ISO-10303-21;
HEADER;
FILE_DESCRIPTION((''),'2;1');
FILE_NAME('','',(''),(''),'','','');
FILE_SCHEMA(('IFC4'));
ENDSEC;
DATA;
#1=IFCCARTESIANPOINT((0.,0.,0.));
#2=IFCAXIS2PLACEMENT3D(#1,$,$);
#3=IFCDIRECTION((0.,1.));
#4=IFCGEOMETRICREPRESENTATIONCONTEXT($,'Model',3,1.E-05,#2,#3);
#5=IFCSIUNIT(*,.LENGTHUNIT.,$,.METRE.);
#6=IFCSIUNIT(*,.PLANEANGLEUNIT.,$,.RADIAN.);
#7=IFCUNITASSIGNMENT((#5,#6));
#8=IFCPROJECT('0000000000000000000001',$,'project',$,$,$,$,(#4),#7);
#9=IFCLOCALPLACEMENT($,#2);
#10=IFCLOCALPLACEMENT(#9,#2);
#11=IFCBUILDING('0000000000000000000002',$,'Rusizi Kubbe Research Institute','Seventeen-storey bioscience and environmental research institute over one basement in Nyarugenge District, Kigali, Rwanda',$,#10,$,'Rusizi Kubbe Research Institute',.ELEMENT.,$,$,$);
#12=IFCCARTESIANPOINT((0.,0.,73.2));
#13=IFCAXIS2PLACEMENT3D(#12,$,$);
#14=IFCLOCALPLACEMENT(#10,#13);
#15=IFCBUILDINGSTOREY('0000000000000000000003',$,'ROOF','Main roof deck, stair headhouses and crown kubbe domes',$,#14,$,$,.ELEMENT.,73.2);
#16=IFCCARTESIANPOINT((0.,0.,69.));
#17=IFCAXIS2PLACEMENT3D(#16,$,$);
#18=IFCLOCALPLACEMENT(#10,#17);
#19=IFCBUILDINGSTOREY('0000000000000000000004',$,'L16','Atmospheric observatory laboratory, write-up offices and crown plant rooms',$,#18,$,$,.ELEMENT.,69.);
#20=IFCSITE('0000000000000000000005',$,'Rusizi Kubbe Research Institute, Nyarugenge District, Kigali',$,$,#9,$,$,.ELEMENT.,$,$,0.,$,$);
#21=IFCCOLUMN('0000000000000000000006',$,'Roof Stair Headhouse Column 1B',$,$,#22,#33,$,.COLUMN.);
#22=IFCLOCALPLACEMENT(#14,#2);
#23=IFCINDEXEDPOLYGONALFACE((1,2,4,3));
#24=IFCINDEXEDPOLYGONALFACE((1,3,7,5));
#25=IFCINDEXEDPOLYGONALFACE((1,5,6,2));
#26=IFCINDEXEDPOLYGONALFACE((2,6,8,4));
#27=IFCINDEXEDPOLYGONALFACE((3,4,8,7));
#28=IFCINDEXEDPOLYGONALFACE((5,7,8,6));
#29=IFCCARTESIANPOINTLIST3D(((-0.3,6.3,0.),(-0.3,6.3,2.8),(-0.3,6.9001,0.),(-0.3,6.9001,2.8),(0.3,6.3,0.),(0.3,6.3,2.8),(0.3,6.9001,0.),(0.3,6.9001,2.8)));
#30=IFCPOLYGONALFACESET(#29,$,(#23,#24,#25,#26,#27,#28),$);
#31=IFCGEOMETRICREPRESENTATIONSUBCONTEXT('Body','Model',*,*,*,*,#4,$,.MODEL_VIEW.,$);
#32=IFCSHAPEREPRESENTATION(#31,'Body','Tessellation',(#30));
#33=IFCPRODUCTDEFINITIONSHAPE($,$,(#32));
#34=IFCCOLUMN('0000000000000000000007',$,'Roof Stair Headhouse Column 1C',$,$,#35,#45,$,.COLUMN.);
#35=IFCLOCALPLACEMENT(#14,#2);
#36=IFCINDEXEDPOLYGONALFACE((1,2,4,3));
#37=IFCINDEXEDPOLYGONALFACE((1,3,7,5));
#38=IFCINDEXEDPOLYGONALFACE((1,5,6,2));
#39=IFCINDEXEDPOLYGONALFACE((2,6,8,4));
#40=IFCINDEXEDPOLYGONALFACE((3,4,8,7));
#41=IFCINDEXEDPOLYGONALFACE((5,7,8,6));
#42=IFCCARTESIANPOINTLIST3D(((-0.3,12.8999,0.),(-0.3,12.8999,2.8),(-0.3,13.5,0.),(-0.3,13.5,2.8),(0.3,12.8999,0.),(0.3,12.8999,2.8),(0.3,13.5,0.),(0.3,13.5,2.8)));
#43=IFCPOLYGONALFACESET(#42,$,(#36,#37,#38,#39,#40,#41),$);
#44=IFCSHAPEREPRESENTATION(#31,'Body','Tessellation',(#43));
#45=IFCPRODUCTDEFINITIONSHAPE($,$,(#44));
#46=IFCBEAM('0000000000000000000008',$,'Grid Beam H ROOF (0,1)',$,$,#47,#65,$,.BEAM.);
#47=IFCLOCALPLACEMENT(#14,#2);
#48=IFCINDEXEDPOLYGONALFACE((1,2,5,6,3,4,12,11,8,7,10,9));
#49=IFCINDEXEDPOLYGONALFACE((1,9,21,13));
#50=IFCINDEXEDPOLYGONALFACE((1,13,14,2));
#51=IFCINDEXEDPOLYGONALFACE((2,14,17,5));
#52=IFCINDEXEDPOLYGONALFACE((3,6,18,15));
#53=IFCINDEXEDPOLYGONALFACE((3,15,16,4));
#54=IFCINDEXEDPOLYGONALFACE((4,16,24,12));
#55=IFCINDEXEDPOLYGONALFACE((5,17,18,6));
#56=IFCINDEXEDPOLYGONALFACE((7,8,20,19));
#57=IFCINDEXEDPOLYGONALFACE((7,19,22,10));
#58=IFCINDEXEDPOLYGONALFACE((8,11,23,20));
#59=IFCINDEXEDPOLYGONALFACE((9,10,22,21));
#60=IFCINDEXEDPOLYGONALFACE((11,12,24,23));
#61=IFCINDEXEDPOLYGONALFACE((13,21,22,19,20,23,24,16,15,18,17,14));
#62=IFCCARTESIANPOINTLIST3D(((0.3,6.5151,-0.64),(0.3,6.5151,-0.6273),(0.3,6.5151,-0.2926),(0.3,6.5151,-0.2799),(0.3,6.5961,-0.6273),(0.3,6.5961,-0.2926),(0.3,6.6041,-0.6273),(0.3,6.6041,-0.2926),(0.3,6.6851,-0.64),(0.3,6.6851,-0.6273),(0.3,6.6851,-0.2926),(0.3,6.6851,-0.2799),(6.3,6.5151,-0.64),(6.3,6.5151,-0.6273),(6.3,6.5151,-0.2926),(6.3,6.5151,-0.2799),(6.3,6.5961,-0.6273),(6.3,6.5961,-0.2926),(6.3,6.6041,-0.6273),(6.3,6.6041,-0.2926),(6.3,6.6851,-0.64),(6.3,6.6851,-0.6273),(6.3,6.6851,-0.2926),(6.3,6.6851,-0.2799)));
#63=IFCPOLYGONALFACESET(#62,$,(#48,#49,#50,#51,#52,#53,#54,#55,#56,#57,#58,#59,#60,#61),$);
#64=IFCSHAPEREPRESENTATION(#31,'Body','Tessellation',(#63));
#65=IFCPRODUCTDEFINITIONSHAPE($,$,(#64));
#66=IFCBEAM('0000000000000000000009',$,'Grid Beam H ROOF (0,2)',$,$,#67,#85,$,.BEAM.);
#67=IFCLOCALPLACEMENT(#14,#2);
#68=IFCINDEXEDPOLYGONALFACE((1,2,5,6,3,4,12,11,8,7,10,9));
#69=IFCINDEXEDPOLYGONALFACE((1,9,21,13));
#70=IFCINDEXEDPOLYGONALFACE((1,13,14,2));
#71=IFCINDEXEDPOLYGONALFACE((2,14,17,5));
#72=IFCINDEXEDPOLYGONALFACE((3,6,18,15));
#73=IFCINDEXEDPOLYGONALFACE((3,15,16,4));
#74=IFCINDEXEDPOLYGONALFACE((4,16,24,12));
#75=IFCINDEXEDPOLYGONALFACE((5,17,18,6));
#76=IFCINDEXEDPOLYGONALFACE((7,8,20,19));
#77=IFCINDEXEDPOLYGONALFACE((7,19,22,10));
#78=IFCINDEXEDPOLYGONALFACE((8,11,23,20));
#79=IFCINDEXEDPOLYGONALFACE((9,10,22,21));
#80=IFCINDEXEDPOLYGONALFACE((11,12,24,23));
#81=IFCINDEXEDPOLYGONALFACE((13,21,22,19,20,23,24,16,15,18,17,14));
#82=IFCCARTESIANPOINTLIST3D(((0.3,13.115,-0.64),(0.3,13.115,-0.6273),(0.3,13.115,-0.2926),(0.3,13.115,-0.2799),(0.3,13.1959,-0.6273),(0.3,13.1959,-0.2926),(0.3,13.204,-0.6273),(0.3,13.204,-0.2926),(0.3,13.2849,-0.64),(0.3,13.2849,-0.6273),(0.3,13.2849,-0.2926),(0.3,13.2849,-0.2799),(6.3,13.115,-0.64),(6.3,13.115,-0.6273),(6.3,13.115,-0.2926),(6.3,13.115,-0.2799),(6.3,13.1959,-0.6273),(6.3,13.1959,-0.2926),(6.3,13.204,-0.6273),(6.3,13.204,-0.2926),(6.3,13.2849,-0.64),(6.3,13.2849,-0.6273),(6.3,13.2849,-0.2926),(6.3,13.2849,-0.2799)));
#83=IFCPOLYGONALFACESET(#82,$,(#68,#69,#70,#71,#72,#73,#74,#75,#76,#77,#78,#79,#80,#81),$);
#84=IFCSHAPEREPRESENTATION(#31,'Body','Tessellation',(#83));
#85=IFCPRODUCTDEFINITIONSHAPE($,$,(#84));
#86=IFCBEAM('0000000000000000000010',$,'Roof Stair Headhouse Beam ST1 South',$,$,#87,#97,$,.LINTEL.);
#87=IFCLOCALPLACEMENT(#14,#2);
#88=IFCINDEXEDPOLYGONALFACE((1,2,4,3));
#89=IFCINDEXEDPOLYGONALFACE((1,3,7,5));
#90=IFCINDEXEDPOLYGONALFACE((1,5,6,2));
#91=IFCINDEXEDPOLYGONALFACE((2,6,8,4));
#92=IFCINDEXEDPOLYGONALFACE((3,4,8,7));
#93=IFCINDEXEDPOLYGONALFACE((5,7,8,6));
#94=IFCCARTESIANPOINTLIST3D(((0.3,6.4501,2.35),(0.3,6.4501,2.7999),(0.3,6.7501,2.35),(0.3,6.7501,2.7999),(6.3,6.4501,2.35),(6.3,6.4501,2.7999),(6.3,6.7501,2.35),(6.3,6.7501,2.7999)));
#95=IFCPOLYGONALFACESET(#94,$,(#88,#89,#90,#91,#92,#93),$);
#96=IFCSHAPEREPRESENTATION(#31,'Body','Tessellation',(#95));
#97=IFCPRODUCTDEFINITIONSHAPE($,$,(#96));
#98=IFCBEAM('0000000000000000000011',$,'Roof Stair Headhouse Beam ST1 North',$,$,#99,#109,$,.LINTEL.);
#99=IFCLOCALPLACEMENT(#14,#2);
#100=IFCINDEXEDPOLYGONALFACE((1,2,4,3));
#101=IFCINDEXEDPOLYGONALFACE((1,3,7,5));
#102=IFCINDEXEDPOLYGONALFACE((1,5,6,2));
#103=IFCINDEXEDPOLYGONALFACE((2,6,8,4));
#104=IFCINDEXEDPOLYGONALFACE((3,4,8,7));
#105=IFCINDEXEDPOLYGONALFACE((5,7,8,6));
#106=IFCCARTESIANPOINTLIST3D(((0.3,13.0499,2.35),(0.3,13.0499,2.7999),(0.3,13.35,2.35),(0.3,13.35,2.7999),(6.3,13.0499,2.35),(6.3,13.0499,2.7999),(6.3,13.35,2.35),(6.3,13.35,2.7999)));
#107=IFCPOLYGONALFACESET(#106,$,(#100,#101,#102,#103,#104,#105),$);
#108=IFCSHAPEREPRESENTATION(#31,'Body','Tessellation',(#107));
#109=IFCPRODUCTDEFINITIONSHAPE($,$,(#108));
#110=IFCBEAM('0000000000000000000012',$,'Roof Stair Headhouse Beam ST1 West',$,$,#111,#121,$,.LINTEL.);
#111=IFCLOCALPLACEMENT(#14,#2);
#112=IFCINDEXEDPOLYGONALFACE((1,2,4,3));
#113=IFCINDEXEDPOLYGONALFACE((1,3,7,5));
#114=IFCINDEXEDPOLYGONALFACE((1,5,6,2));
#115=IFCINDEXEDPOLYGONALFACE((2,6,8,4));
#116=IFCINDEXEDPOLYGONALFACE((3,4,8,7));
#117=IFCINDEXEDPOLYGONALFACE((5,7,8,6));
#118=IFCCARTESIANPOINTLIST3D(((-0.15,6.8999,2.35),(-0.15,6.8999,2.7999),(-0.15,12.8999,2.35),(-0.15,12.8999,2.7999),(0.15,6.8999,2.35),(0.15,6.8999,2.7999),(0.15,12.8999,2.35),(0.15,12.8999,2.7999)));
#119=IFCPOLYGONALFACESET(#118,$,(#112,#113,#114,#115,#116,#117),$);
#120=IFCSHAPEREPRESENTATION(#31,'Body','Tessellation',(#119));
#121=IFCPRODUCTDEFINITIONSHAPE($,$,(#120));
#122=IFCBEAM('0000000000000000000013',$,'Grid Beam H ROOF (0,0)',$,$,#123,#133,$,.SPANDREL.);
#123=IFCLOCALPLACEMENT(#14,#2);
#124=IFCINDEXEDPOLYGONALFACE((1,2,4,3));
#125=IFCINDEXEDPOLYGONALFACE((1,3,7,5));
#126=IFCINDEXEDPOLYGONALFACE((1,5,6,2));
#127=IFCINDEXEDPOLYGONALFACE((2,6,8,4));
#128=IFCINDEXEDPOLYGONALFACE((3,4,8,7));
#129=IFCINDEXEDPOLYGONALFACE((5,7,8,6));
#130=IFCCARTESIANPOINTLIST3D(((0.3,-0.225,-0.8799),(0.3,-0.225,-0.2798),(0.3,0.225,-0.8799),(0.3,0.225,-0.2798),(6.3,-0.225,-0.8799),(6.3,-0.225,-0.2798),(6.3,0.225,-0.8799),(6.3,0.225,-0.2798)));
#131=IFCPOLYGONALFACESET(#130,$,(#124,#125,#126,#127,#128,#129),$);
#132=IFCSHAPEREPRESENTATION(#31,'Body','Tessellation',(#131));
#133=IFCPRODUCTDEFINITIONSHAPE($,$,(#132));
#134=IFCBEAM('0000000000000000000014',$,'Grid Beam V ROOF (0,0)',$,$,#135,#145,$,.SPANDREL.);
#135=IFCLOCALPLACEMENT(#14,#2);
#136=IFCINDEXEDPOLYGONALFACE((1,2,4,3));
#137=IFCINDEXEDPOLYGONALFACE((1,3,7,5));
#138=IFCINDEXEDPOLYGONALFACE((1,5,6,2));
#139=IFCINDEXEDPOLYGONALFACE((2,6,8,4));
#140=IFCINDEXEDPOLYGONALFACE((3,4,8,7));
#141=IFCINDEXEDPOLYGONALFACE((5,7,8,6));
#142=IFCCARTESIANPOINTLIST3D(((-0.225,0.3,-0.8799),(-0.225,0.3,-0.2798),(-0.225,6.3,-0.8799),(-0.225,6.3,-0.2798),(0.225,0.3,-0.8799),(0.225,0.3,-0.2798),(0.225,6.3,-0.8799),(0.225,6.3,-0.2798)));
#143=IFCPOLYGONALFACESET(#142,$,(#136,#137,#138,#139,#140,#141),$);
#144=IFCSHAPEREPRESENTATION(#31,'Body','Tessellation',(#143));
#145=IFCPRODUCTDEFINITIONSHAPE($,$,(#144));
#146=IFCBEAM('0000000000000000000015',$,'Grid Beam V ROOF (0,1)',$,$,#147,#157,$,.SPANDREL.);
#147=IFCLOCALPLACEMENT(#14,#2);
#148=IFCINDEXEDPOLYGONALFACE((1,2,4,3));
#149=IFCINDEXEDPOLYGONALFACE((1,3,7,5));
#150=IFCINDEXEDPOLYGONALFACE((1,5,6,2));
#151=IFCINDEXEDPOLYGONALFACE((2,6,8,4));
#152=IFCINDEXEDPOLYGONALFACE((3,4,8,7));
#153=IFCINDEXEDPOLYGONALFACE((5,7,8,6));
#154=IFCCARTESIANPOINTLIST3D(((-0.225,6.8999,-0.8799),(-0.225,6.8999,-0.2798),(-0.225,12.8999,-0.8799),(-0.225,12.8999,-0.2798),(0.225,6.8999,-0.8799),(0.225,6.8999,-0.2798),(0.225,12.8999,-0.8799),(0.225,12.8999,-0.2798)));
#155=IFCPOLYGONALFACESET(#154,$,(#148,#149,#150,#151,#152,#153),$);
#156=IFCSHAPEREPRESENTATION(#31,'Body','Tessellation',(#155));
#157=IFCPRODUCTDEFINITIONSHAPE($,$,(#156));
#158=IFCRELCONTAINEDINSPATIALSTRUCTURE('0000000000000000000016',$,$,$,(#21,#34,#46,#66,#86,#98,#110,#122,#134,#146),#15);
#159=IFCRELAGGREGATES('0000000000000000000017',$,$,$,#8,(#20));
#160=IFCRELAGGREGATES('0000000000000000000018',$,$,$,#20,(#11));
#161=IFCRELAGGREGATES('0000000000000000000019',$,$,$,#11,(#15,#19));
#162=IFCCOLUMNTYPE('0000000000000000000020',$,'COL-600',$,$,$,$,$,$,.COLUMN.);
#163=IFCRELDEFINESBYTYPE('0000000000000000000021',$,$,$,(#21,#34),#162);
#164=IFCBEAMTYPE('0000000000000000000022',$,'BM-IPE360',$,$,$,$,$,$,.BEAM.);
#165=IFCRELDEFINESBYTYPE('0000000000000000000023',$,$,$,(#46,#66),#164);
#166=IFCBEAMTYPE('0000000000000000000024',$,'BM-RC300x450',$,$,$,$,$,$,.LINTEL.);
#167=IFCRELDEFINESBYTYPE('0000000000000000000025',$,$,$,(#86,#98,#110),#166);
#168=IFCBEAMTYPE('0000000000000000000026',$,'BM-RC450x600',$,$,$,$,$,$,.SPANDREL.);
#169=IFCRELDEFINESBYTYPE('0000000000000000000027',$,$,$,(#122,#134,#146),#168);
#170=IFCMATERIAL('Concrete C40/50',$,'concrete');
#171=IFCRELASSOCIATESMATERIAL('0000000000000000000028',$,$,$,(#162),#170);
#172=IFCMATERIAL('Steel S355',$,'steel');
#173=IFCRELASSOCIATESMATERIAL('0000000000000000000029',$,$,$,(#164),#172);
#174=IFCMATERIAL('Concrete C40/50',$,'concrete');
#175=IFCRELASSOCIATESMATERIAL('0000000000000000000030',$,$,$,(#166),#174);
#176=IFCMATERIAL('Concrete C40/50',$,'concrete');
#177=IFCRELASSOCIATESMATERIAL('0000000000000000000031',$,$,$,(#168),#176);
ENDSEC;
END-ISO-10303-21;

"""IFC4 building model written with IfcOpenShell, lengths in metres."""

from ifc_helpers import new_model, si_unit, direction, frame, origin, origin_2d, place, context, subcontext, project, spatial, rectangle, i_section, extrude, material, material_profile, profile_set, type_object, element, save


model = new_model("IFC4")

# Units and contexts
model_context = context("Model", 3, precision=1e-05, world=origin(), true_north=direction((0.0, 1.0)))
body_context = subcontext(model_context, "Body", "Model", "MODEL_VIEW")
ifc_project = project(units=[si_unit("LENGTHUNIT", "METRE"), si_unit("PLANEANGLEUNIT", "RADIAN")], contexts=[model_context])

# Site, building, storey
site_placement = place(None, origin())
site = spatial("IfcSite", under=ifc_project, at=site_placement, Name="Rusizi Kubbe Research Institute, Nyarugenge District, Kigali", CompositionType="ELEMENT", RefElevation=0.0)
building_placement = place(site_placement, origin())
building = spatial("IfcBuilding", under=site, at=building_placement, Name="Rusizi Kubbe Research Institute", Description="Seventeen-storey bioscience and environmental research institute over one basement in Nyarugenge District, Kigali, Rwanda", LongName="Rusizi Kubbe Research Institute", CompositionType="ELEMENT")
storey_1_placement = place(building_placement, frame((0.0, 0.0, 73.2)))
storey_1 = spatial("IfcBuildingStorey", under=building, at=storey_1_placement, Name="ROOF", Description="Main roof deck, stair headhouses and crown kubbe domes", CompositionType="ELEMENT", Elevation=73.2)

# Columns
ifc_material_1 = material(Name="Concrete C40/50", Category="concrete")
ifc_material_profile_1 = material_profile(ifc_material_1, rectangle(XDim=0.6001, YDim=0.6001, at=origin_2d()), Name="RC600x600")
ifc_profile_set_1 = profile_set([ifc_material_profile_1], Name="Concrete C40/50")
column_type = type_object("IfcColumnType", Name="COL-600", PredefinedType="COLUMN", material=ifc_profile_set_1)
for number, where, z_axis, x_axis, name in (
    (1, (0.0, 6.6001, 0.0), (0.0, 0.0, 1.0), (1.0, 0.0, 0.0), "Roof Stair Headhouse Column 1B"),
    (2, (0.0, 13.2, 0.0), (0.0, 0.0, 1.0), (1.0, 0.0, 0.0), "Roof Stair Headhouse Column 1C"),
):
    element("IfcColumn", number, at=place(storey_1_placement, frame(where, z_axis=z_axis, x_axis=x_axis)), inside=storey_1, type_object=column_type, Name=name, PredefinedType="COLUMN", context=body_context, shape_type="SweptSolid", body=[
        extrude(rectangle(XDim=0.6001, YDim=0.6001, at=origin_2d()), origin(), (0.0, 0.0, 1.0), 2.8),
    ])

# Beams
ifc_material_2 = material(Name="Steel S355", Category="steel")
ifc_material_profile_2 = material_profile(ifc_material_2, i_section(OverallWidth=0.1699, OverallDepth=0.3601, WebThickness=0.0081, FlangeThickness=0.0127, at=origin_2d()), Name="IPE 360")
ifc_profile_set_2 = profile_set([ifc_material_profile_2], Name="Steel S355")
beam_type_1 = type_object("IfcBeamType", Name="BM-IPE360", PredefinedType="BEAM", material=ifc_profile_set_2)
for number, where, z_axis, x_axis, name in (
    (3, (0.3, 6.6001, -0.46), (1.0, 0.0, 0.0), (0.0, 1.0, 0.0), "Grid Beam H ROOF (0,1)"),
    (4, (0.3, 13.2, -0.46), (1.0, 0.0, 0.0), (0.0, 1.0, 0.0), "Grid Beam H ROOF (0,2)"),
):
    element("IfcBeam", number, at=place(storey_1_placement, frame(where, z_axis=z_axis, x_axis=x_axis)), inside=storey_1, type_object=beam_type_1, Name=name, PredefinedType="BEAM", context=body_context, shape_type="SweptSolid", body=[
        extrude(i_section(OverallWidth=0.1699, OverallDepth=0.3601, WebThickness=0.0081, FlangeThickness=0.0127, at=origin_2d()), origin(), (0.0, 0.0, 1.0), 6.0),
    ])
ifc_material_3 = material(Name="Concrete C40/50", Category="concrete")
ifc_material_profile_3 = material_profile(ifc_material_3, rectangle(XDim=0.3, YDim=0.45, at=origin_2d()), Name="RC300x450")
ifc_profile_set_3 = profile_set([ifc_material_profile_3], Name="Concrete C40/50")
beam_type_2 = type_object("IfcBeamType", Name="BM-RC300x450", PredefinedType="LINTEL", material=ifc_profile_set_3)
for number, where, z_axis, x_axis, name in (
    (5, (0.3, 6.6001, 2.575), (1.0, 0.0, 0.0), (0.0, 1.0, 0.0), "Roof Stair Headhouse Beam ST1 South"),
    (6, (0.3, 13.2, 2.575), (1.0, 0.0, 0.0), (0.0, 1.0, 0.0), "Roof Stair Headhouse Beam ST1 North"),
    (7, (0.0, 6.8999, 2.575), (0.0, 1.0, 0.0), (-1.0, 0.0, 0.0), "Roof Stair Headhouse Beam ST1 West"),
):
    element("IfcBeam", number, at=place(storey_1_placement, frame(where, z_axis=z_axis, x_axis=x_axis)), inside=storey_1, type_object=beam_type_2, Name=name, PredefinedType="LINTEL", context=body_context, shape_type="SweptSolid", body=[
        extrude(rectangle(XDim=0.3, YDim=0.45, at=origin_2d()), origin(), (0.0, 0.0, 1.0), 6.0),
    ])
ifc_material_4 = material(Name="Concrete C40/50", Category="concrete")
ifc_material_profile_4 = material_profile(ifc_material_4, rectangle(XDim=0.45, YDim=0.6001, at=origin_2d()), Name="RC450x600")
ifc_profile_set_4 = profile_set([ifc_material_profile_4], Name="Concrete C40/50")
beam_type_3 = type_object("IfcBeamType", Name="BM-RC450x600", PredefinedType="SPANDREL", material=ifc_profile_set_4)
for number, where, z_axis, x_axis, name in (
    (8, (0.3, 0.0, -0.5798), (1.0, 0.0, 0.0), (0.0, 1.0, 0.0), "Grid Beam H ROOF (0,0)"),
    (9, (0.0, 0.3, -0.5798), (0.0, 1.0, 0.0), (-1.0, 0.0, 0.0), "Grid Beam V ROOF (0,0)"),
    (10, (0.0, 6.8999, -0.5798), (0.0, 1.0, 0.0), (-1.0, 0.0, 0.0), "Grid Beam V ROOF (0,1)"),
):
    element("IfcBeam", number, at=place(storey_1_placement, frame(where, z_axis=z_axis, x_axis=x_axis)), inside=storey_1, type_object=beam_type_3, Name=name, PredefinedType="SPANDREL", context=body_context, shape_type="SweptSolid", body=[
        extrude(rectangle(XDim=0.45, YDim=0.6001, at=origin_2d()), origin(), (0.0, 0.0, 1.0), 6.0),
    ])

# Shared definitions
storey_2_placement = place(building_placement, frame((0.0, 0.0, 69.0)))
storey_2 = spatial("IfcBuildingStorey", under=building, at=storey_2_placement, Name="L16", Description="Atmospheric observatory laboratory, write-up offices and crown plant rooms", CompositionType="ELEMENT", Elevation=69.0)

save(model, "model.ifc")
